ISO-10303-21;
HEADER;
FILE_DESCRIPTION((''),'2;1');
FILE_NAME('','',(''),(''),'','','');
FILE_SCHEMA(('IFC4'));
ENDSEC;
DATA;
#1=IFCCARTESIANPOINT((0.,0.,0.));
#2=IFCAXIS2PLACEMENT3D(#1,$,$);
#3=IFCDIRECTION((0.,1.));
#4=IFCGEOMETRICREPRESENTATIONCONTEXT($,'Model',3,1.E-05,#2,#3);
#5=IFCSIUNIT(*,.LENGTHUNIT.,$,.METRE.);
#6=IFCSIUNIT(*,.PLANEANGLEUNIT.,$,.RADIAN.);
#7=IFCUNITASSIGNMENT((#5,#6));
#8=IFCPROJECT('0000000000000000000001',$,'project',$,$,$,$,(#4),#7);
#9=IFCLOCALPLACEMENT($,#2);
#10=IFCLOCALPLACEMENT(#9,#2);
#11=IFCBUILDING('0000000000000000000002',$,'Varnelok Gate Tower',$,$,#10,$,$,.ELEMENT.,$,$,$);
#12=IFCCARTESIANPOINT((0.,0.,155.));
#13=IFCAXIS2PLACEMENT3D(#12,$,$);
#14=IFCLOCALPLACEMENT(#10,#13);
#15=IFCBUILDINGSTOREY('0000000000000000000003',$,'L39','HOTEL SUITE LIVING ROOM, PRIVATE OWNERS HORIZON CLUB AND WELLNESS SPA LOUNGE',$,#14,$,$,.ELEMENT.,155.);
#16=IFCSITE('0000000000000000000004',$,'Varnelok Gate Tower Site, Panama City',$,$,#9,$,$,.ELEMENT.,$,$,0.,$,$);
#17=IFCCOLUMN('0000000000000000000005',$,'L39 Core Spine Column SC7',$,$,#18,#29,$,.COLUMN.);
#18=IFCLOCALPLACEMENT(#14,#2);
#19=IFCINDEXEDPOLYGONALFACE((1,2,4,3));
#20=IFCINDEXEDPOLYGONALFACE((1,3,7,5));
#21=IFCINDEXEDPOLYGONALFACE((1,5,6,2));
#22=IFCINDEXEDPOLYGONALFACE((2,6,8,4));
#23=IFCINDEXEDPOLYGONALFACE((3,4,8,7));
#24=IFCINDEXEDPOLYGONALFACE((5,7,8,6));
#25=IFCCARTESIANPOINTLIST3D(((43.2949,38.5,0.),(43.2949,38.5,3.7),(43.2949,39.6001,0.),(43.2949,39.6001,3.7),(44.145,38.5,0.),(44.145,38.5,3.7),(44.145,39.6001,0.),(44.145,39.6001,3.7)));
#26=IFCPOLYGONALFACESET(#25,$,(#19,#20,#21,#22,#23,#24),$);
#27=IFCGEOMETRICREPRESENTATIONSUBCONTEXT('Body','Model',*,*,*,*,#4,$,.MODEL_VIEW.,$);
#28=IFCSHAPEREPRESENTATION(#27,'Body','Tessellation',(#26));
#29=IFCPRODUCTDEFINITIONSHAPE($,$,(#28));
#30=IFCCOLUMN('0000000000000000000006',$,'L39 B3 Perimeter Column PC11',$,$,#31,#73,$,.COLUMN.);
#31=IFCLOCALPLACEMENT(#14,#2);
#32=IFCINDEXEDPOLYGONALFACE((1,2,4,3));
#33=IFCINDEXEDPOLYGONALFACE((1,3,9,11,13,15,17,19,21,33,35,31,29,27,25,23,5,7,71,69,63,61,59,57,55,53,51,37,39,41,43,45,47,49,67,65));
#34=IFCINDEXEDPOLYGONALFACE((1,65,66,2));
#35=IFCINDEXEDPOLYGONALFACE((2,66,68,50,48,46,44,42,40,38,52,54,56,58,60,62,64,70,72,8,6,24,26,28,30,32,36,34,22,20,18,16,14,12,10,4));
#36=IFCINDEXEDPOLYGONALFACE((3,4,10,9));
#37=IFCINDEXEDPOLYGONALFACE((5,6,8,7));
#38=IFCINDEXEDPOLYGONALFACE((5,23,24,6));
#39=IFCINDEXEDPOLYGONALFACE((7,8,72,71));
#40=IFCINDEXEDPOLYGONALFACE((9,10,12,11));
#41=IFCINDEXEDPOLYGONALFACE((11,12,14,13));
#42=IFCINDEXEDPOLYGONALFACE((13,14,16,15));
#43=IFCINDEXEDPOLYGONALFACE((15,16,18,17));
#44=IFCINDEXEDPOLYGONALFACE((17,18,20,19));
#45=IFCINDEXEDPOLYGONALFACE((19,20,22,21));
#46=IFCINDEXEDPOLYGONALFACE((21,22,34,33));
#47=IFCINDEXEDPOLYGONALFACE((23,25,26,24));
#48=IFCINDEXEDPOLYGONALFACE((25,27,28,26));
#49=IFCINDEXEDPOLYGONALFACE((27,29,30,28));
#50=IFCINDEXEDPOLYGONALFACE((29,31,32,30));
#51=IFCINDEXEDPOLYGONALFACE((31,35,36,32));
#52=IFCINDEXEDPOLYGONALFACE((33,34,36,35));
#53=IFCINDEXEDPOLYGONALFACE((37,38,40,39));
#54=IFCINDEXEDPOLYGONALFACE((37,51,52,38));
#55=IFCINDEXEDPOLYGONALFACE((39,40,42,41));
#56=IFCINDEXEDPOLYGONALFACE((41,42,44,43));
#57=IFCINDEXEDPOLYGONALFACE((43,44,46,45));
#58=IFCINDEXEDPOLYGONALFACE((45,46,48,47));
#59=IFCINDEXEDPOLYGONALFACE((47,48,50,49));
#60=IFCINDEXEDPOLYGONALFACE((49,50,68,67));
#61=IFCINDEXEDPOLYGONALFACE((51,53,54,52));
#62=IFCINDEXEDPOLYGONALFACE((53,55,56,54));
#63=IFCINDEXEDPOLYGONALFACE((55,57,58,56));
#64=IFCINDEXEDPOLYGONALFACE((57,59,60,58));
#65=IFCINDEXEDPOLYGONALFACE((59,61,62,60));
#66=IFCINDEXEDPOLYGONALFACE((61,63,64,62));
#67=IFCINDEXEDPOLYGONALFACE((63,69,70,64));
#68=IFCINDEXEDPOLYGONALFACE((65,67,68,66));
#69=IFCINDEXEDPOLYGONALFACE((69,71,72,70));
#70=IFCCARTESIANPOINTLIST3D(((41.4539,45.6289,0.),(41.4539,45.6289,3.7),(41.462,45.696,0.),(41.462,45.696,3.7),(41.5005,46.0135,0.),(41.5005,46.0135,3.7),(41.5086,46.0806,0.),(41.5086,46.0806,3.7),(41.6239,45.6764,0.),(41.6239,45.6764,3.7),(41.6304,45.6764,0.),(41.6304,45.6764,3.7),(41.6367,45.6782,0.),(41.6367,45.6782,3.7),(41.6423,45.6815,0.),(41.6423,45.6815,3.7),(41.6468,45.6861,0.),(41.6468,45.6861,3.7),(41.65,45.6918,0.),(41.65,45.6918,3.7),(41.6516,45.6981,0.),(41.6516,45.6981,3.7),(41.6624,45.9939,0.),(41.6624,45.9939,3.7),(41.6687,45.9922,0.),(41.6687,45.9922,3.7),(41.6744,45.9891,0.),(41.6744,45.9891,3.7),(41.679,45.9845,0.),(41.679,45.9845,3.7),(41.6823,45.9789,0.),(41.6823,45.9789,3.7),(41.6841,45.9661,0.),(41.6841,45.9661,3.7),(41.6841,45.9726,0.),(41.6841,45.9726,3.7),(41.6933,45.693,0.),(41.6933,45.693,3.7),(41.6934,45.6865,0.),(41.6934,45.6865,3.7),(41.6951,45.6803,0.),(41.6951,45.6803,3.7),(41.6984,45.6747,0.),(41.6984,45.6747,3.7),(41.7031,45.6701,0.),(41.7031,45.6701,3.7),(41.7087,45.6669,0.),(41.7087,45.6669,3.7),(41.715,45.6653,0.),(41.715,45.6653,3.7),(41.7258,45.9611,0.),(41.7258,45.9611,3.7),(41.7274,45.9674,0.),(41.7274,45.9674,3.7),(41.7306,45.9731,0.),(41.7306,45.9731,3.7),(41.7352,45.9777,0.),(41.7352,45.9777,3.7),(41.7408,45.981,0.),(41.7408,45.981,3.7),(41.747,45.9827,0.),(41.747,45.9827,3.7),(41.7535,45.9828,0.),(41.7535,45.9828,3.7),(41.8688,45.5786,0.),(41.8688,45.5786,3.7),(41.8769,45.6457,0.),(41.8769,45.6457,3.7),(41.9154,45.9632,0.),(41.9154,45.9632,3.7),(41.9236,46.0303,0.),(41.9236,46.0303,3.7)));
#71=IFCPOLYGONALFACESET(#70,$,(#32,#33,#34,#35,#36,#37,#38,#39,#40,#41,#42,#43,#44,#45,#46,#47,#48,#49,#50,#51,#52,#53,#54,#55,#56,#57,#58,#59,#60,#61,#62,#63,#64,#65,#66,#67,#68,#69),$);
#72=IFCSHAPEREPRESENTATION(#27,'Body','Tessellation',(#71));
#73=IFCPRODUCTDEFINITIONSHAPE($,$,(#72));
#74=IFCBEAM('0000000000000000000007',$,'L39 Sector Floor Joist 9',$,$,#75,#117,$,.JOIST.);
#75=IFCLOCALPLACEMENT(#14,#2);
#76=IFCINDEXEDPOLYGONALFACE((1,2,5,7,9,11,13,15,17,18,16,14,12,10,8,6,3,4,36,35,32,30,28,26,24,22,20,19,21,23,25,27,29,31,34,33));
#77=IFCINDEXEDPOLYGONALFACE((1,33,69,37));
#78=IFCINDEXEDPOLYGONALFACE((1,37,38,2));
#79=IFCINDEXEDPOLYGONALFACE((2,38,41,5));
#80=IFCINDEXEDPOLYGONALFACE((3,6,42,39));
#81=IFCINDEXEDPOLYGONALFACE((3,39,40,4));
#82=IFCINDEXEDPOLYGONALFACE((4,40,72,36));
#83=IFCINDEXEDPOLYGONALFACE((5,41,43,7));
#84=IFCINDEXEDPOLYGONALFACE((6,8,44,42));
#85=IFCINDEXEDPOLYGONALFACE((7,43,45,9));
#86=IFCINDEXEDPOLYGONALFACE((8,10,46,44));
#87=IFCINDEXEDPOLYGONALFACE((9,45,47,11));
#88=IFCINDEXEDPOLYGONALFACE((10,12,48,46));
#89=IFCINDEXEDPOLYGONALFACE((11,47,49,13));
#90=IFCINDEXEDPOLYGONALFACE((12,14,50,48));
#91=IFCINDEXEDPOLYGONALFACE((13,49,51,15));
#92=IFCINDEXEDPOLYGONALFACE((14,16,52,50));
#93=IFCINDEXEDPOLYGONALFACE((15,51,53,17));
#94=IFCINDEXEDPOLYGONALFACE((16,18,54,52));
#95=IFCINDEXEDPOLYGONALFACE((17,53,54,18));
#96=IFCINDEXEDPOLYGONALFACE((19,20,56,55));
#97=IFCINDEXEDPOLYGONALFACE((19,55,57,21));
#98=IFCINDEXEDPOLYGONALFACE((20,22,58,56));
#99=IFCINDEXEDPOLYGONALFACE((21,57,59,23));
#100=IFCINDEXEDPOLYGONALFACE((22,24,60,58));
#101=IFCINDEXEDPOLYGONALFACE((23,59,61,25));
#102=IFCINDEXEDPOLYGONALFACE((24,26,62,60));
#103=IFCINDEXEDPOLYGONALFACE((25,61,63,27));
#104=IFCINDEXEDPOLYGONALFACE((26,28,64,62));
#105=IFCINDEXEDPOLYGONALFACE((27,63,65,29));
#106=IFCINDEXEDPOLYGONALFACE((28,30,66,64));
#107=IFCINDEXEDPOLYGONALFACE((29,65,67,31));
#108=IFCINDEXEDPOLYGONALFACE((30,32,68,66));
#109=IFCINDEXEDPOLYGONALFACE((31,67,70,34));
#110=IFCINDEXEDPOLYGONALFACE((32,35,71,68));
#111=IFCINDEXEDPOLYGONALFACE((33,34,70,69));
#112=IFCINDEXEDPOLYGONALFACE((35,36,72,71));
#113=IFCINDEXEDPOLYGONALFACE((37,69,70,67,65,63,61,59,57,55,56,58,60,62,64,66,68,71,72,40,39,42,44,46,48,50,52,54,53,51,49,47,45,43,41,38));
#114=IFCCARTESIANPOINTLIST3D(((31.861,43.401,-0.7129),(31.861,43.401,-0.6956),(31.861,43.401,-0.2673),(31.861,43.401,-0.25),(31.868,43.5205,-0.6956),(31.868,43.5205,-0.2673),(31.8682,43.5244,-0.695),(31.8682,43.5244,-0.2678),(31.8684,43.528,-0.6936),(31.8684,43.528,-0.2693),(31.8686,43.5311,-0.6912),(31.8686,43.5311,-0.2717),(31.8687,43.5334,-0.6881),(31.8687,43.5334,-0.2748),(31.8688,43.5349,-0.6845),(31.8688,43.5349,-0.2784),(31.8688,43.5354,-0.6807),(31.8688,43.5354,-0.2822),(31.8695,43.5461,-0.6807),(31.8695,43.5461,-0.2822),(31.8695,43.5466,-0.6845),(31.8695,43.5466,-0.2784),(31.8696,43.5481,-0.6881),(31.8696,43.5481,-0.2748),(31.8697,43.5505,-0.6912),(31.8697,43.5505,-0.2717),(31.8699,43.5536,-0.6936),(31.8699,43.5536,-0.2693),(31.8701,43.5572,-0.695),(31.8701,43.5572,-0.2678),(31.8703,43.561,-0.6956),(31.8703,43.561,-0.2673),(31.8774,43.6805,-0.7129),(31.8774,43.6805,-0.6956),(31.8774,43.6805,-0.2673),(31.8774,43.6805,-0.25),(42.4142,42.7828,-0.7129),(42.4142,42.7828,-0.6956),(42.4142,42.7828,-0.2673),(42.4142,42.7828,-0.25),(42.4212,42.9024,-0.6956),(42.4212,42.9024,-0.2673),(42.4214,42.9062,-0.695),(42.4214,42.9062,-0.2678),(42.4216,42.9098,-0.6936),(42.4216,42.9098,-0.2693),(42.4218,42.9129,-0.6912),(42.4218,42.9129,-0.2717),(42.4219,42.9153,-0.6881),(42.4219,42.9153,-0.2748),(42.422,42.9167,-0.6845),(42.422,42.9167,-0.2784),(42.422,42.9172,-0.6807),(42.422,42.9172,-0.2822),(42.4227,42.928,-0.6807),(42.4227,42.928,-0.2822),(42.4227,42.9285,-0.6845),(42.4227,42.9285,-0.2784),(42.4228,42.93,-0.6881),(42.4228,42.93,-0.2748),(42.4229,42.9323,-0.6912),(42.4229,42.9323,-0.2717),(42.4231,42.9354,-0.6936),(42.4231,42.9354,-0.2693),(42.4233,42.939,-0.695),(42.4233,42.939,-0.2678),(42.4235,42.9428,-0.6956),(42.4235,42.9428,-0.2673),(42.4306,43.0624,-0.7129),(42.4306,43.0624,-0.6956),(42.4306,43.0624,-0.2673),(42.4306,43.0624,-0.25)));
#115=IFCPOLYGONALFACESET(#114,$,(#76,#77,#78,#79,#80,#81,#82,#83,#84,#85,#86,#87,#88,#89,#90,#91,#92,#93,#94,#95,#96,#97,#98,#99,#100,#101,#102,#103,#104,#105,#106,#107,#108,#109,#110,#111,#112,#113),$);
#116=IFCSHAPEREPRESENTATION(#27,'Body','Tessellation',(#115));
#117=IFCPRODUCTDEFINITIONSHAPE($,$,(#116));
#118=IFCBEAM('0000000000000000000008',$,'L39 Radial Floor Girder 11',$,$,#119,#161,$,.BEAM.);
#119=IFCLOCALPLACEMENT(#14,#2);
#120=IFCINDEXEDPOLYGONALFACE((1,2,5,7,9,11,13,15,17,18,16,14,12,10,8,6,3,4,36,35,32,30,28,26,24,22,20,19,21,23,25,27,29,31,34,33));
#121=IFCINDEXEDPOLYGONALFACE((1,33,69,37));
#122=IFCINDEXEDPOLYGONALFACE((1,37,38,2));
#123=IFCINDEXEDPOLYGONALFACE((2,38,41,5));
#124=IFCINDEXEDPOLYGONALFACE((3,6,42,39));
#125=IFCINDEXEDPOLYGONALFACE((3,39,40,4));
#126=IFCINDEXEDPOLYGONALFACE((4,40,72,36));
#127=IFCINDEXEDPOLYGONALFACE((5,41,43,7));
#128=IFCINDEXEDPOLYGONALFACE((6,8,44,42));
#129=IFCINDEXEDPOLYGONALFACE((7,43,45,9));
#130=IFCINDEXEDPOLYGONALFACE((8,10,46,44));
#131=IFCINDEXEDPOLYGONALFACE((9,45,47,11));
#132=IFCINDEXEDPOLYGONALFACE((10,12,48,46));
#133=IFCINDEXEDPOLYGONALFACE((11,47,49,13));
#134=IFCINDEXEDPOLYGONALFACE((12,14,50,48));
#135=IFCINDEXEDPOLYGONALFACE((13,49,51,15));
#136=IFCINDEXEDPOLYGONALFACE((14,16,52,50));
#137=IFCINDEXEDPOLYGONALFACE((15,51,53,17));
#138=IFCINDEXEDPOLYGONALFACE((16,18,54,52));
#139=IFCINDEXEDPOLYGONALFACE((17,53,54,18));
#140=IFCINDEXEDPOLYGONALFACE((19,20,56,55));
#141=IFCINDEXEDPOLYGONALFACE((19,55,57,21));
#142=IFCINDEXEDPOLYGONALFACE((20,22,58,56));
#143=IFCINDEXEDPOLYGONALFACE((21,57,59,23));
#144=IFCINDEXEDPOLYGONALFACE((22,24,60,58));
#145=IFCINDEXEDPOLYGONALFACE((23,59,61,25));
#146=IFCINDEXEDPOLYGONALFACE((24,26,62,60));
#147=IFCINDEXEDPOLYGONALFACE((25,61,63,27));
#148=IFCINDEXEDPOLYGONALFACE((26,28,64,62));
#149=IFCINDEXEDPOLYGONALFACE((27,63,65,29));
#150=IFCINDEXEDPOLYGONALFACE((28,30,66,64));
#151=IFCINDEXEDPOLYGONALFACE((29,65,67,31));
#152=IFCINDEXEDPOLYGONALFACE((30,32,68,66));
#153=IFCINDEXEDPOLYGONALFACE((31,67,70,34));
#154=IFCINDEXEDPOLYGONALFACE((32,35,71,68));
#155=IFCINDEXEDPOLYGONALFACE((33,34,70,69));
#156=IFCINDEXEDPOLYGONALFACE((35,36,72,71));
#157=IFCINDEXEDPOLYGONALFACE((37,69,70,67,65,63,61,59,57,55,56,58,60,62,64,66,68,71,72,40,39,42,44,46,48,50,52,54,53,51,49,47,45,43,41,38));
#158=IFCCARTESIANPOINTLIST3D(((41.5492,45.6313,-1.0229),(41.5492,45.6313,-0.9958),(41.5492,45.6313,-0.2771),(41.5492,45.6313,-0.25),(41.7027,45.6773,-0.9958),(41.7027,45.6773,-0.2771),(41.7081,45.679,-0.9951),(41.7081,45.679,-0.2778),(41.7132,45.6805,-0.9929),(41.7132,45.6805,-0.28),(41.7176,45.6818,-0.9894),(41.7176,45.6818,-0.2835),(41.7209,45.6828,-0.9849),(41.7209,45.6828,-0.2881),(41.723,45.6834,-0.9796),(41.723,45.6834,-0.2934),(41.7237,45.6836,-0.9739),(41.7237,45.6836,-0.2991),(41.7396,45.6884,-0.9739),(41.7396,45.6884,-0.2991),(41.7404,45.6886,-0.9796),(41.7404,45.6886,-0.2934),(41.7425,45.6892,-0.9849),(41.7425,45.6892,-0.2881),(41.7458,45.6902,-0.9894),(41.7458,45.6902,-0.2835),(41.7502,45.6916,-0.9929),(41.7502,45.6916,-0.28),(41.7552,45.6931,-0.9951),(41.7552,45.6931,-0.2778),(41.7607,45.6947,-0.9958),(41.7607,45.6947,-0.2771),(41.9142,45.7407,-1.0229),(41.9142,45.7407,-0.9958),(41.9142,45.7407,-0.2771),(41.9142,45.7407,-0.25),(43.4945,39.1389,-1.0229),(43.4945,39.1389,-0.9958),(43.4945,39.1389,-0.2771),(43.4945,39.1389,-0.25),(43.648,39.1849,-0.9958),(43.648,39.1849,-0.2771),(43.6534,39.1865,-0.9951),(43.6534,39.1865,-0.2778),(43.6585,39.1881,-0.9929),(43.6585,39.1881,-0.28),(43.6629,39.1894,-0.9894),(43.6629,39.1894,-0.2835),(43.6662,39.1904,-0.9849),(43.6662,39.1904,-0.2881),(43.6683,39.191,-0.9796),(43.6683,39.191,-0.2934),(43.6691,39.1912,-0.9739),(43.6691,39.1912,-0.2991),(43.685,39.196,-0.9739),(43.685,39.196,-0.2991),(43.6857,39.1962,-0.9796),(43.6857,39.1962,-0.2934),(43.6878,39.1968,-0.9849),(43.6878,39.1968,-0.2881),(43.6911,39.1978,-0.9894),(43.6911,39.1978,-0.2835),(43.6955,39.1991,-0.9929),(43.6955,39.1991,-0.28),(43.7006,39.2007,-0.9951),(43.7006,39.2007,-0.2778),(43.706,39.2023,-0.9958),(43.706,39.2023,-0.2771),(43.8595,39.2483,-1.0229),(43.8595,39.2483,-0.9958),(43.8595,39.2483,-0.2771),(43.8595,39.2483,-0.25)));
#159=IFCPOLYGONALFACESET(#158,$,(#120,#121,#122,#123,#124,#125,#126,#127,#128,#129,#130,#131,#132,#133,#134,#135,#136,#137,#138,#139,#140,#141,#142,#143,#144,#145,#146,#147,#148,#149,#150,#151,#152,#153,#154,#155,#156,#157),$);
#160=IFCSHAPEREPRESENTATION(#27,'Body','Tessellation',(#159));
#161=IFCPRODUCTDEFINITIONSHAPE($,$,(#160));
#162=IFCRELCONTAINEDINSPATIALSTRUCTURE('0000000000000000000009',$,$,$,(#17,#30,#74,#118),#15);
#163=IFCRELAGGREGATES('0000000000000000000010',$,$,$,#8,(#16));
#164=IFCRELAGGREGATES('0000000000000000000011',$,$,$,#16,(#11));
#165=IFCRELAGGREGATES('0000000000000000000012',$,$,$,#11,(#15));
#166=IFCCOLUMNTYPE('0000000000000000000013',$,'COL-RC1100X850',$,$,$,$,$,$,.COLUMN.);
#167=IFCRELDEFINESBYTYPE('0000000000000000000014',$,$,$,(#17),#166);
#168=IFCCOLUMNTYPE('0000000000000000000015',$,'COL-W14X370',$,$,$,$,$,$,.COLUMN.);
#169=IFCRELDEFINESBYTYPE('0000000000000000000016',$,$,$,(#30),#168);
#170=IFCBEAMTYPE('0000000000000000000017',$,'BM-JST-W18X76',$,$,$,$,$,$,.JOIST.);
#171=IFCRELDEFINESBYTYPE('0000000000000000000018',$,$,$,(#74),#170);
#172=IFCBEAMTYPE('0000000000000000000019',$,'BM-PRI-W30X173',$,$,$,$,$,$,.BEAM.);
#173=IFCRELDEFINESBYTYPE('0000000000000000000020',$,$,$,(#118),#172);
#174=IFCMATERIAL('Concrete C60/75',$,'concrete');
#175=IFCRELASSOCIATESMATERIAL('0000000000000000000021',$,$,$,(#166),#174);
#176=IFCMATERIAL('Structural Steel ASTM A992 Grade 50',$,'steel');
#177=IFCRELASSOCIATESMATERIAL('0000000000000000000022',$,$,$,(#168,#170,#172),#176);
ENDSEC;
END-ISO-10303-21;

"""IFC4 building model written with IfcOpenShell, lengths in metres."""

from ifc_helpers import new_model, si_unit, direction, frame, origin, origin_2d, place, context, subcontext, project, spatial, rectangle, i_section, extrude, material, material_profile, profile_set, type_object, element, save


model = new_model("IFC4")

# Units and contexts
model_context = context("Model", 3, precision=1e-05, world=origin(), true_north=direction((0.0, 1.0)))
body_context = subcontext(model_context, "Body", "Model", "MODEL_VIEW")
ifc_project = project(units=[si_unit("LENGTHUNIT", "METRE"), si_unit("PLANEANGLEUNIT", "RADIAN")], contexts=[model_context])

# Site, building, storey
site_placement = place(None, origin())
site = spatial("IfcSite", under=ifc_project, at=site_placement, Name="Varnelok Gate Tower Site, Panama City", CompositionType="ELEMENT", RefElevation=0.0)
building_placement = place(site_placement, origin())
building = spatial("IfcBuilding", under=site, at=building_placement, Name="Varnelok Gate Tower", CompositionType="ELEMENT")
storey_placement = place(building_placement, frame((0.0, 0.0, 155.0)))
storey = spatial("IfcBuildingStorey", under=building, at=storey_placement, Name="L39", Description="HOTEL SUITE LIVING ROOM, PRIVATE OWNERS HORIZON CLUB AND WELLNESS SPA LOUNGE", CompositionType="ELEMENT", Elevation=155.0)

# Columns
ifc_material_1 = material(Name="Concrete C60/75", Category="concrete")
ifc_material_profile_1 = material_profile(ifc_material_1, rectangle(XDim=0.8501, YDim=1.1001, at=origin_2d()), Name="RC1100X850")
ifc_profile_set_1 = profile_set([ifc_material_profile_1], Name="Concrete C60/75")
column_type_1 = type_object("IfcColumnType", Name="COL-RC1100X850", PredefinedType="COLUMN", material=ifc_profile_set_1)
column_1_placement = place(storey_placement, frame((43.72, 39.05, 0.0), z_axis=(0.0, 0.0, 1.0), x_axis=(1.0, 0.0, 0.0)))
element("IfcColumn", 1, at=column_1_placement, inside=storey, type_object=column_type_1, Name="L39 Core Spine Column SC7", PredefinedType="COLUMN", context=body_context, shape_type="SweptSolid", body=[
    extrude(rectangle(XDim=0.8501, YDim=1.1001, at=origin_2d()), origin(), (0.0, 0.0, 1.0), 3.7),
])
ifc_material_2 = material(Name="Structural Steel ASTM A992 Grade 50", Category="steel")
ifc_material_profile_2 = material_profile(ifc_material_2, i_section(OverallWidth=0.418, OverallDepth=0.4551, WebThickness=0.042, FlangeThickness=0.0676, FilletRadius=0.0249, at=origin_2d()), Name="W14X370")
ifc_profile_set_2 = profile_set([ifc_material_profile_2], Name="Structural Steel ASTM A992 Grade 50")
column_type_2 = type_object("IfcColumnType", Name="COL-W14X370", PredefinedType="COLUMN", material=ifc_profile_set_2)
column_2_placement = place(storey_placement, frame((41.6887, 45.8296, 0.0), z_axis=(0.0, 0.0, 1.0), x_axis=(0.992732, -0.120345, 0.0)))
element("IfcColumn", 2, at=column_2_placement, inside=storey, type_object=column_type_2, Name="L39 B3 Perimeter Column PC11", PredefinedType="COLUMN", context=body_context, shape_type="SweptSolid", body=[
    extrude(i_section(OverallWidth=0.418, OverallDepth=0.4551, WebThickness=0.042, FlangeThickness=0.0676, FilletRadius=0.0249, at=origin_2d()), origin(), (0.0, 0.0, 1.0), 3.7),
])

# Beams
ifc_material_profile_3 = material_profile(ifc_material_2, i_section(OverallWidth=0.28, OverallDepth=0.4629, WebThickness=0.0107, FlangeThickness=0.0173, FilletRadius=0.0149, at=origin_2d()), Name="W18X76")
ifc_profile_set_3 = profile_set([ifc_material_profile_3], Name="Structural Steel ASTM A992 Grade 50")
beam_type_1 = type_object("IfcBeamType", Name="BM-JST-W18X76", PredefinedType="JOIST", material=ifc_profile_set_3)
beam_1_placement = place(storey_placement, frame((42.4224, 42.9226, -0.4814), z_axis=(-0.998289, 0.058476, 0.0), x_axis=(-0.058476, -0.998289, 0.0)))
element("IfcBeam", 3, at=beam_1_placement, inside=storey, type_object=beam_type_1, Name="L39 Sector Floor Joist 9", PredefinedType="JOIST", context=body_context, shape_type="SweptSolid", body=[
    extrude(i_section(OverallWidth=0.28, OverallDepth=0.4629, WebThickness=0.0107, FlangeThickness=0.0173, FilletRadius=0.0149, at=origin_2d()), origin(), (0.0, 0.0, 1.0), 10.5713),
])
ifc_material_profile_4 = material_profile(ifc_material_2, i_section(OverallWidth=0.3811, OverallDepth=0.7729, WebThickness=0.0166, FlangeThickness=0.0271, FilletRadius=0.022, at=origin_2d()), Name="W30X173")
ifc_profile_set_4 = profile_set([ifc_material_profile_4], Name="Structural Steel ASTM A992 Grade 50")
beam_type_2 = type_object("IfcBeamType", Name="BM-PRI-W30X173", PredefinedType="BEAM", material=ifc_profile_set_4)
beam_2_placement = place(storey_placement, frame((43.677, 39.1936, -0.6365), z_axis=(-0.287021, 0.957924, 0.0), x_axis=(-0.957924, -0.287021, 0.0)))
element("IfcBeam", 4, at=beam_2_placement, inside=storey, type_object=beam_type_2, Name="L39 Radial Floor Girder 11", PredefinedType="BEAM", context=body_context, shape_type="SweptSolid", body=[
    extrude(i_section(OverallWidth=0.3811, OverallDepth=0.7729, WebThickness=0.0166, FlangeThickness=0.0271, FilletRadius=0.022, at=origin_2d()), origin(), (0.0, 0.0, 1.0), 6.7776),
])

save(model, "model.ifc")
